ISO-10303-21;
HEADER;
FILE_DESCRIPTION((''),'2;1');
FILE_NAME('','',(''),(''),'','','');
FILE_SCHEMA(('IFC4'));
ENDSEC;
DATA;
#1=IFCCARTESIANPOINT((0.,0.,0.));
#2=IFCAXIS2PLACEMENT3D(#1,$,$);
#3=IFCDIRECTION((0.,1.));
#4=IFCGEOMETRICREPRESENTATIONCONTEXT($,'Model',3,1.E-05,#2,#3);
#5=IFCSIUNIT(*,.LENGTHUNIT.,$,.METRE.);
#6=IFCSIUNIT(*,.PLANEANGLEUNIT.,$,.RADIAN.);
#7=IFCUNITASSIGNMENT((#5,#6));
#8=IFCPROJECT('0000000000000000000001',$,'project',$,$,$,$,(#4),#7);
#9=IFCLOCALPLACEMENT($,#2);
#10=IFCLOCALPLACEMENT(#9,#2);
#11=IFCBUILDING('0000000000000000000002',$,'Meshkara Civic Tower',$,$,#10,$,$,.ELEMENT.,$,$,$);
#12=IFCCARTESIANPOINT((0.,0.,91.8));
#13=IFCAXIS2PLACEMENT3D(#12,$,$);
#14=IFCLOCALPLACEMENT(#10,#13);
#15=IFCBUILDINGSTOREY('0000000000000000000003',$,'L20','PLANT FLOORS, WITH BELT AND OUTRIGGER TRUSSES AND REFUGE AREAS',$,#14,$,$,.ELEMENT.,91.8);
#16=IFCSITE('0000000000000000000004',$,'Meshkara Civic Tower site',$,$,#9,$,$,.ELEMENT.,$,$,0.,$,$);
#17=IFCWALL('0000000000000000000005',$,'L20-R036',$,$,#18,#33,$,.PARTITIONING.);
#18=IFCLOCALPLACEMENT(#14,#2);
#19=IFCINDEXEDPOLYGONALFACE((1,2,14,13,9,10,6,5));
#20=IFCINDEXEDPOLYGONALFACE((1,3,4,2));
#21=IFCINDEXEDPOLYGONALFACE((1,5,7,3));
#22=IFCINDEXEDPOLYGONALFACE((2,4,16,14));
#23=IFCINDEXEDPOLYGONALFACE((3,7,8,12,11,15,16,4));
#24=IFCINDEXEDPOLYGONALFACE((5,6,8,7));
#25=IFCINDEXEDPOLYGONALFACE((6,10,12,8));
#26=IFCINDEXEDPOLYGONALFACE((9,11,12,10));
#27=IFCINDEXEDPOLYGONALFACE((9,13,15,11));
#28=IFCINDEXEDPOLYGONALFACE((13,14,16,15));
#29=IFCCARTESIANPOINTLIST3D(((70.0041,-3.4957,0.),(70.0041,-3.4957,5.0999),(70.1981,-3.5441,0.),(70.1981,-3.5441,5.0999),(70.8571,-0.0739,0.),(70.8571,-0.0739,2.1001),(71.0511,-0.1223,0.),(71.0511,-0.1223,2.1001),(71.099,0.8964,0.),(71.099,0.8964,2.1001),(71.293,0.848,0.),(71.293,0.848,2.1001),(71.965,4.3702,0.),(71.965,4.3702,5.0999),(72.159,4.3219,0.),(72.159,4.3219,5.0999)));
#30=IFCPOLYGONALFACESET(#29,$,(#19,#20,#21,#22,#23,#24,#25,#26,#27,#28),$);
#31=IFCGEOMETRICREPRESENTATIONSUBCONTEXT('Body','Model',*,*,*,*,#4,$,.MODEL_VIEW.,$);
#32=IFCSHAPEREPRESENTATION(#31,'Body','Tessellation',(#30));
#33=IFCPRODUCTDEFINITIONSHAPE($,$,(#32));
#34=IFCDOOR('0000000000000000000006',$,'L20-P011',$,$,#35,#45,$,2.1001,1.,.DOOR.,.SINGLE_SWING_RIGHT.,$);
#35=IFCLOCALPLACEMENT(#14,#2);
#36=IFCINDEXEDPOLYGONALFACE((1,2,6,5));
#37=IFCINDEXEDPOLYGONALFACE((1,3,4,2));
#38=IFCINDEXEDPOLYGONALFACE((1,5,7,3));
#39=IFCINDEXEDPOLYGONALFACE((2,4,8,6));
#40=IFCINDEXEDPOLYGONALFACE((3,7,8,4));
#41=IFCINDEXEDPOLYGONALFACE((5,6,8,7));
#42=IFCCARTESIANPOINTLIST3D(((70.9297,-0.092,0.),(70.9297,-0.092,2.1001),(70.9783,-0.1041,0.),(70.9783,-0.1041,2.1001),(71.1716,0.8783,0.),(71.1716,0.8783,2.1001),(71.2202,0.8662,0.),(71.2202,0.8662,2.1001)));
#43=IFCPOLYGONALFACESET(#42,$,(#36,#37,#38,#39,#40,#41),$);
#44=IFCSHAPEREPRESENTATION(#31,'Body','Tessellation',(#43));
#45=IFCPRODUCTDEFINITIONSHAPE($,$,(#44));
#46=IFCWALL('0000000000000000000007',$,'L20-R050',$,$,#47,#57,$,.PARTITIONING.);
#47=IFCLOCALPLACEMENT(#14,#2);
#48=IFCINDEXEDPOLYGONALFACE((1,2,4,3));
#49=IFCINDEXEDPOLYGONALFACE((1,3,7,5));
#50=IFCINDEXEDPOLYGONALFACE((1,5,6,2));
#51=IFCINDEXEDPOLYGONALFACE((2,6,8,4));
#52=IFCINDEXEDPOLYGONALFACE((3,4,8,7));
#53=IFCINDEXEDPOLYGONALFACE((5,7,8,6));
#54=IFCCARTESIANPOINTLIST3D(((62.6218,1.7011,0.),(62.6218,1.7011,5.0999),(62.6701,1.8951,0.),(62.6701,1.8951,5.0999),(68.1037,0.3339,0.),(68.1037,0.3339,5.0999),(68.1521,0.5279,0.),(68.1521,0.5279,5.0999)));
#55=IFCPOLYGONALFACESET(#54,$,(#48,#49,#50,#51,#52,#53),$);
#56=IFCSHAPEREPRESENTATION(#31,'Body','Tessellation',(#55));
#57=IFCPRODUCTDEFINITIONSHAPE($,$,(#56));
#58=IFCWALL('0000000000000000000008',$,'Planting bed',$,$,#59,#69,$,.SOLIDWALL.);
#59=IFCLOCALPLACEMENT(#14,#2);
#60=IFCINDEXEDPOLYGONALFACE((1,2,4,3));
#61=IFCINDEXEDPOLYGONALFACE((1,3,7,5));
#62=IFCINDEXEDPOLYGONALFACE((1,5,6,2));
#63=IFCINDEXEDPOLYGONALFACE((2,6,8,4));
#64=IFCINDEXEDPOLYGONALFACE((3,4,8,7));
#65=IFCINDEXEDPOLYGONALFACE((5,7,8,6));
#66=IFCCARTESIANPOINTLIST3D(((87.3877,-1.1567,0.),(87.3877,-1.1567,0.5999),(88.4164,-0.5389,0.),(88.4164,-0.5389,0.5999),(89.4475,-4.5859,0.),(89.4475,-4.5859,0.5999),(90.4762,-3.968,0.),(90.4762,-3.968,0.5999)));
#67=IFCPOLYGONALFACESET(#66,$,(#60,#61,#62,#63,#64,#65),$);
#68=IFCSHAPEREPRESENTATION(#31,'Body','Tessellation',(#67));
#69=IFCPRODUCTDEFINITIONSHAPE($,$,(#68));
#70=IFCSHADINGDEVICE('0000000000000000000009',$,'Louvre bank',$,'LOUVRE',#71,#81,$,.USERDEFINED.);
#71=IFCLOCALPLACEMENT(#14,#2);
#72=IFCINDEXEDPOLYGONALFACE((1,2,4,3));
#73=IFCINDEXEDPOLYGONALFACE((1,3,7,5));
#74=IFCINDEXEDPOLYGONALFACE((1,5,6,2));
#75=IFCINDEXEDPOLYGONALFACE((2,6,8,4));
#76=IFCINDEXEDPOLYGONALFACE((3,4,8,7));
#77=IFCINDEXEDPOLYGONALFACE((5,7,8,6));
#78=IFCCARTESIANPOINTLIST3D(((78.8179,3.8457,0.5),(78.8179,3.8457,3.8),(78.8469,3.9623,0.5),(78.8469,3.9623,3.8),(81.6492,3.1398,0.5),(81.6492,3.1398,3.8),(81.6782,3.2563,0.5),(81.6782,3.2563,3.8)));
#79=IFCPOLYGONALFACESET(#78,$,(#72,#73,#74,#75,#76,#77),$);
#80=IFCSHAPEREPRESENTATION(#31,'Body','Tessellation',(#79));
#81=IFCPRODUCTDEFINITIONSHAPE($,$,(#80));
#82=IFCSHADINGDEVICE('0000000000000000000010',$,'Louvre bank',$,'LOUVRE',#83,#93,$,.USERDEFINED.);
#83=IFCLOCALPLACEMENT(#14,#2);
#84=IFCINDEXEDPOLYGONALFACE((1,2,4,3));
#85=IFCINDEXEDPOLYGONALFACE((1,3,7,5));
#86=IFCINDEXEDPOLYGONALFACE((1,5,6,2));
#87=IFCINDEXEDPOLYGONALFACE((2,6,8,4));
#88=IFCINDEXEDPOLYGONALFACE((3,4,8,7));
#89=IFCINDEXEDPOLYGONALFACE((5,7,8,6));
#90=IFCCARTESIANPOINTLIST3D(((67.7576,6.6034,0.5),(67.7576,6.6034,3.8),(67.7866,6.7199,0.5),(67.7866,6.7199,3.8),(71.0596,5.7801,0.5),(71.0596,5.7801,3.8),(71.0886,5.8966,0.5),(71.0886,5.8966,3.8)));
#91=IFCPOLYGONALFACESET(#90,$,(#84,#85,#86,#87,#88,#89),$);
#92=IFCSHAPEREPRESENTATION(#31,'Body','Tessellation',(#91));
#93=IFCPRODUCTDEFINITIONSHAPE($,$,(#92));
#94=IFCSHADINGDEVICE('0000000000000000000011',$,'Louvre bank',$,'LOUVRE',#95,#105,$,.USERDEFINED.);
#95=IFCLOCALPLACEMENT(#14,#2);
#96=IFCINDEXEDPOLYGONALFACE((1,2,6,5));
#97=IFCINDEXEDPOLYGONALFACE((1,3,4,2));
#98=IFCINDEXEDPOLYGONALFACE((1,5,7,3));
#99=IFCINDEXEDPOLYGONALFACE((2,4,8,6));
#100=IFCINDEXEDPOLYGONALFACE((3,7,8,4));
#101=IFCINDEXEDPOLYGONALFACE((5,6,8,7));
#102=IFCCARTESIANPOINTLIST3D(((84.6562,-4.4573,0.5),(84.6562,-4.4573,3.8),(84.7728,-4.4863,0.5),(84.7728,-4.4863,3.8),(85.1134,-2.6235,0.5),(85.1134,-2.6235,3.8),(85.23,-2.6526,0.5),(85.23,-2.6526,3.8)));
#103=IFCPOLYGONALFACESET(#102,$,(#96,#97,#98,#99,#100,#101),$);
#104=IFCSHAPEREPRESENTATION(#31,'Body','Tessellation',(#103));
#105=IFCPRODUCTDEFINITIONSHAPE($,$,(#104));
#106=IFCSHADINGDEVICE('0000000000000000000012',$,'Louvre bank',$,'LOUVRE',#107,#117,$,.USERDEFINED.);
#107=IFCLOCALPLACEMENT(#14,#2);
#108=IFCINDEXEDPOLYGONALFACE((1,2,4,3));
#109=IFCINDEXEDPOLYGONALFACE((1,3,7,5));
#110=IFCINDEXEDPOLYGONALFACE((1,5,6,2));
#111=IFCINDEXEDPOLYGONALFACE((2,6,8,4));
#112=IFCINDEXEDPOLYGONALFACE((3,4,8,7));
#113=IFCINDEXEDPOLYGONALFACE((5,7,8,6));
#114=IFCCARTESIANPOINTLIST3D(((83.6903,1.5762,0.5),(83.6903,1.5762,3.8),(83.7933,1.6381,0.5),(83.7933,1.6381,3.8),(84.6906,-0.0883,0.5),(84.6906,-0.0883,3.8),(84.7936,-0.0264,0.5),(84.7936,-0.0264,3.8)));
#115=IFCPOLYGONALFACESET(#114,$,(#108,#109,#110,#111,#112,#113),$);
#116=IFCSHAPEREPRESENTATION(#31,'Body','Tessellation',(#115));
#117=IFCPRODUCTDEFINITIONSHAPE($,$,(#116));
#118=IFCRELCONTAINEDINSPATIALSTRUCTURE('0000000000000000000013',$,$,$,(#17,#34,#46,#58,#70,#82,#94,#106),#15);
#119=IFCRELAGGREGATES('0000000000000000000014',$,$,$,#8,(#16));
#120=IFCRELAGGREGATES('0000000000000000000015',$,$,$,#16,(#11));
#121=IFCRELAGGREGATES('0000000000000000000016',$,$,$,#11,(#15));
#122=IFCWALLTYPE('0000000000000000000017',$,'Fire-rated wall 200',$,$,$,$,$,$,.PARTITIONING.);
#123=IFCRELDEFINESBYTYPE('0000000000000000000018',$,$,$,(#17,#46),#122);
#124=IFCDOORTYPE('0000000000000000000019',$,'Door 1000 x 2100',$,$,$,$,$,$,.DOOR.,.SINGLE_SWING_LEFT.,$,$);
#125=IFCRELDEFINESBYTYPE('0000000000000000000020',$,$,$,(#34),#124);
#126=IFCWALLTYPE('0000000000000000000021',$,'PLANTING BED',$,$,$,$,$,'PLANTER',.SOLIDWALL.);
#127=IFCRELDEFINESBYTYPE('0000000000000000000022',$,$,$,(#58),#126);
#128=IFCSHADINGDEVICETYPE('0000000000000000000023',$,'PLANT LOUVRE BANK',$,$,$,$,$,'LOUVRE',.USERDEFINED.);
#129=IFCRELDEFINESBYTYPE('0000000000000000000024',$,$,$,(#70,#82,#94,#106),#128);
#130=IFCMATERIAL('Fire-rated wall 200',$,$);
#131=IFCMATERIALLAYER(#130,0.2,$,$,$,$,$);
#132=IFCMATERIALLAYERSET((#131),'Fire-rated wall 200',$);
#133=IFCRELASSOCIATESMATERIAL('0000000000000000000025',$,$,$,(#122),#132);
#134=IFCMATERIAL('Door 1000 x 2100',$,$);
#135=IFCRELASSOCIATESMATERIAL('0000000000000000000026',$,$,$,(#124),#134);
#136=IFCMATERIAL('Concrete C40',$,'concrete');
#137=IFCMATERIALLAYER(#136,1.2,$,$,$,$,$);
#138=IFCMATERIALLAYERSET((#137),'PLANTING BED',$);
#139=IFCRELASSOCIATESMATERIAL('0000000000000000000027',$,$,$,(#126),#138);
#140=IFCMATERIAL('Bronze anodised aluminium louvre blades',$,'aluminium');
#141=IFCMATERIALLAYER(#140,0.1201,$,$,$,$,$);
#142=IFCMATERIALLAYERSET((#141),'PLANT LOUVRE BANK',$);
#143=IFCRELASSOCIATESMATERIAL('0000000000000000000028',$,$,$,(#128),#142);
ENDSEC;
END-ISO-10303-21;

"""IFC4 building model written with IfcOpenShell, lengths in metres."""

from ifc_helpers import new_model, si_unit, direction, frame, frame_2d, origin, origin_2d, place, context, subcontext, project, spatial, rectangle, extrude, material, layer, layer_set, type_object, element, fill, save


model = new_model("IFC4")

# Units and contexts
model_context = context("Model", 3, precision=1e-05, world=origin(), true_north=direction((0.0, 1.0)))
body_context = subcontext(model_context, "Body", "Model", "MODEL_VIEW")
ifc_project = project(units=[si_unit("LENGTHUNIT", "METRE"), si_unit("PLANEANGLEUNIT", "RADIAN")], contexts=[model_context])

# Site, building, storey
site_placement = place(None, origin())
site = spatial("IfcSite", under=ifc_project, at=site_placement, Name="Meshkara Civic Tower site", CompositionType="ELEMENT", RefElevation=0.0)
building_placement = place(site_placement, origin())
building = spatial("IfcBuilding", under=site, at=building_placement, Name="Meshkara Civic Tower", CompositionType="ELEMENT")
storey_placement = place(building_placement, frame((0.0, 0.0, 91.8)))
storey = spatial("IfcBuildingStorey", under=building, at=storey_placement, Name="L20", Description="PLANT FLOORS, WITH BELT AND OUTRIGGER TRUSSES AND REFUGE AREAS", CompositionType="ELEMENT", Elevation=91.8)

# Wall, opening, door
ifc_material_1 = material(Name="Fire-rated wall 200")
ifc_layer_1 = layer(ifc_material_1, 0.2)
ifc_layer_set_1 = layer_set([ifc_layer_1], Name="Fire-rated wall 200")
wall_type_1 = type_object("IfcWallType", Name="Fire-rated wall 200", PredefinedType="PARTITIONING", material=ifc_layer_set_1)
wall_1_placement = place(storey_placement, frame((72.062, 4.3459, 0.0), z_axis=(0.0, 0.0, 1.0), x_axis=(-0.241891, -0.970303, 0.0)))
wall_1 = element("IfcWall", 1, at=wall_1_placement, inside=storey, type_object=wall_type_1, Name="L20-R036", PredefinedType="PARTITIONING", context=body_context, shape_type="SweptSolid", body=[
    extrude(rectangle(XDim=8.1067, YDim=0.2, at=frame_2d((4.0532, 0.0))), origin(), (0.0, 0.0, 1.0), 5.0999),
])
opening_placement = place(wall_1_placement, frame((3.5801, 0.0, 0.0)))
opening = element("IfcOpeningElement", 2, at=opening_placement, cuts=wall_1, PredefinedType="OPENING", context=body_context, shape_type="SweptSolid", body=[
    extrude(rectangle(XDim=1.0, YDim=2.1001, at=frame_2d((0.5, 1.05))), frame((0.0, 0.1099, 0.0), z_axis=(0.0, -1.0, 0.0), x_axis=(1.0, 0.0, 0.0)), (0.0, 0.0, 1.0), 0.22),
])
ifc_material_2 = material(Name="Door 1000 x 2100")
door_type = type_object("IfcDoorType", Name="Door 1000 x 2100", OperationType="SINGLE_SWING_LEFT", PredefinedType="DOOR", material=ifc_material_2)
door_placement = place(opening_placement, origin())
door = element("IfcDoor", 3, at=door_placement, inside=storey, type_object=door_type, Name="L20-P011", OperationType="SINGLE_SWING_RIGHT", OverallHeight=2.1001, OverallWidth=1.0, PredefinedType="DOOR", context=body_context, shape_type="SweptSolid", body=[
    extrude(rectangle(XDim=1.0, YDim=2.1001, at=frame_2d((0.5, 1.05))), frame((0.0, 0.0249, 0.0), z_axis=(0.0, -1.0, 0.0), x_axis=(1.0, 0.0, 0.0)), (0.0, 0.0, 1.0), 0.05),
])
fill(opening, door)

# Walls
wall_2_placement = place(storey_placement, frame((68.1279, 0.4309, 0.0), z_axis=(0.0, 0.0, 1.0), x_axis=(-0.97028, 0.241987, 0.0)))
element("IfcWall", 4, at=wall_2_placement, inside=storey, type_object=wall_type_1, Name="L20-R050", PredefinedType="PARTITIONING", context=body_context, shape_type="SweptSolid", body=[
    extrude(rectangle(XDim=5.6499, YDim=0.2, at=frame_2d((2.825, 0.0))), origin(), (0.0, 0.0, 1.0), 5.0999),
])
ifc_material_3 = material(Name="Concrete C40", Category="concrete")
ifc_layer_2 = layer(ifc_material_3, 1.2)
ifc_layer_set_2 = layer_set([ifc_layer_2], Name="PLANTING BED")
wall_type_2 = type_object("IfcWallType", Name="PLANTING BED", ElementType="PLANTER", PredefinedType="SOLIDWALL", material=ifc_layer_set_2)
wall_3_placement = place(storey_placement, frame((87.9021, -0.8479, 0.0), z_axis=(0.0, 0.0, 1.0), x_axis=(0.514918, -0.85724, 0.0)))
element("IfcWall", 5, at=wall_3_placement, inside=storey, type_object=wall_type_2, Name="Planting bed", PredefinedType="SOLIDWALL", context=body_context, shape_type="SweptSolid", body=[
    extrude(rectangle(XDim=4.0002, YDim=1.2, at=frame_2d((2.0, 0.0))), origin(), (0.0, 0.0, 1.0), 0.5999),
])

# Shading devices
ifc_material_4 = material(Name="Bronze anodised aluminium louvre blades", Category="aluminium")
ifc_layer_3 = layer(ifc_material_4, 0.1201)
ifc_layer_set_3 = layer_set([ifc_layer_3], Name="PLANT LOUVRE BANK")
shading_device_type = type_object("IfcShadingDeviceType", Name="PLANT LOUVRE BANK", ElementType="LOUVRE", PredefinedType="USERDEFINED", material=ifc_layer_set_3)
shading_device_1_placement = place(storey_placement, frame((80.248, 3.551, 0.5), z_axis=(0.0, 0.0, 1.0), x_axis=(-0.970292, 0.241939, 0.0)))
element("IfcShadingDevice", 6, at=shading_device_1_placement, inside=storey, type_object=shading_device_type, Name="Louvre bank", ObjectType="LOUVRE", PredefinedType="USERDEFINED", context=body_context, shape_type="SweptSolid", body=[
    extrude(rectangle(XDim=2.918, YDim=0.1201, at=origin_2d()), origin(), (0.0, 0.0, 1.0), 3.3),
])
shading_device_2_placement = place(storey_placement, frame((69.4231, 6.25, 0.5), z_axis=(0.0, 0.0, 1.0), x_axis=(-0.970292, 0.241939, 0.0)))
element("IfcShadingDevice", 7, at=shading_device_2_placement, inside=storey, type_object=shading_device_type, Name="Louvre bank", ObjectType="LOUVRE", PredefinedType="USERDEFINED", context=body_context, shape_type="SweptSolid", body=[
    extrude(rectangle(XDim=3.4031, YDim=0.1201, at=origin_2d()), origin(), (0.0, 0.0, 1.0), 3.3),
])
shading_device_3_placement = place(storey_placement, frame((84.9431, -3.5549, 0.5), z_axis=(0.0, 0.0, 1.0), x_axis=(0.241922, 0.970296, 0.0)))
element("IfcShadingDevice", 8, at=shading_device_3_placement, inside=storey, type_object=shading_device_type, Name="Louvre bank", ObjectType="LOUVRE", PredefinedType="USERDEFINED", context=body_context, shape_type="SweptSolid", body=[
    extrude(rectangle(XDim=1.8899, YDim=0.1201, at=origin_2d()), origin(), (0.0, 0.0, 1.0), 3.3),
])
shading_device_4_placement = place(storey_placement, frame((84.2419, 0.7749, 0.5), z_axis=(0.0, 0.0, 1.0), x_axis=(-0.515098, 0.857131, 0.0)))
element("IfcShadingDevice", 9, at=shading_device_4_placement, inside=storey, type_object=shading_device_type, Name="Louvre bank", ObjectType="LOUVRE", PredefinedType="USERDEFINED", context=body_context, shape_type="SweptSolid", body=[
    extrude(rectangle(XDim=1.9419, YDim=0.1201, at=origin_2d()), origin(), (0.0, 0.0, 1.0), 3.3),
])

save(model, "model.ifc")
